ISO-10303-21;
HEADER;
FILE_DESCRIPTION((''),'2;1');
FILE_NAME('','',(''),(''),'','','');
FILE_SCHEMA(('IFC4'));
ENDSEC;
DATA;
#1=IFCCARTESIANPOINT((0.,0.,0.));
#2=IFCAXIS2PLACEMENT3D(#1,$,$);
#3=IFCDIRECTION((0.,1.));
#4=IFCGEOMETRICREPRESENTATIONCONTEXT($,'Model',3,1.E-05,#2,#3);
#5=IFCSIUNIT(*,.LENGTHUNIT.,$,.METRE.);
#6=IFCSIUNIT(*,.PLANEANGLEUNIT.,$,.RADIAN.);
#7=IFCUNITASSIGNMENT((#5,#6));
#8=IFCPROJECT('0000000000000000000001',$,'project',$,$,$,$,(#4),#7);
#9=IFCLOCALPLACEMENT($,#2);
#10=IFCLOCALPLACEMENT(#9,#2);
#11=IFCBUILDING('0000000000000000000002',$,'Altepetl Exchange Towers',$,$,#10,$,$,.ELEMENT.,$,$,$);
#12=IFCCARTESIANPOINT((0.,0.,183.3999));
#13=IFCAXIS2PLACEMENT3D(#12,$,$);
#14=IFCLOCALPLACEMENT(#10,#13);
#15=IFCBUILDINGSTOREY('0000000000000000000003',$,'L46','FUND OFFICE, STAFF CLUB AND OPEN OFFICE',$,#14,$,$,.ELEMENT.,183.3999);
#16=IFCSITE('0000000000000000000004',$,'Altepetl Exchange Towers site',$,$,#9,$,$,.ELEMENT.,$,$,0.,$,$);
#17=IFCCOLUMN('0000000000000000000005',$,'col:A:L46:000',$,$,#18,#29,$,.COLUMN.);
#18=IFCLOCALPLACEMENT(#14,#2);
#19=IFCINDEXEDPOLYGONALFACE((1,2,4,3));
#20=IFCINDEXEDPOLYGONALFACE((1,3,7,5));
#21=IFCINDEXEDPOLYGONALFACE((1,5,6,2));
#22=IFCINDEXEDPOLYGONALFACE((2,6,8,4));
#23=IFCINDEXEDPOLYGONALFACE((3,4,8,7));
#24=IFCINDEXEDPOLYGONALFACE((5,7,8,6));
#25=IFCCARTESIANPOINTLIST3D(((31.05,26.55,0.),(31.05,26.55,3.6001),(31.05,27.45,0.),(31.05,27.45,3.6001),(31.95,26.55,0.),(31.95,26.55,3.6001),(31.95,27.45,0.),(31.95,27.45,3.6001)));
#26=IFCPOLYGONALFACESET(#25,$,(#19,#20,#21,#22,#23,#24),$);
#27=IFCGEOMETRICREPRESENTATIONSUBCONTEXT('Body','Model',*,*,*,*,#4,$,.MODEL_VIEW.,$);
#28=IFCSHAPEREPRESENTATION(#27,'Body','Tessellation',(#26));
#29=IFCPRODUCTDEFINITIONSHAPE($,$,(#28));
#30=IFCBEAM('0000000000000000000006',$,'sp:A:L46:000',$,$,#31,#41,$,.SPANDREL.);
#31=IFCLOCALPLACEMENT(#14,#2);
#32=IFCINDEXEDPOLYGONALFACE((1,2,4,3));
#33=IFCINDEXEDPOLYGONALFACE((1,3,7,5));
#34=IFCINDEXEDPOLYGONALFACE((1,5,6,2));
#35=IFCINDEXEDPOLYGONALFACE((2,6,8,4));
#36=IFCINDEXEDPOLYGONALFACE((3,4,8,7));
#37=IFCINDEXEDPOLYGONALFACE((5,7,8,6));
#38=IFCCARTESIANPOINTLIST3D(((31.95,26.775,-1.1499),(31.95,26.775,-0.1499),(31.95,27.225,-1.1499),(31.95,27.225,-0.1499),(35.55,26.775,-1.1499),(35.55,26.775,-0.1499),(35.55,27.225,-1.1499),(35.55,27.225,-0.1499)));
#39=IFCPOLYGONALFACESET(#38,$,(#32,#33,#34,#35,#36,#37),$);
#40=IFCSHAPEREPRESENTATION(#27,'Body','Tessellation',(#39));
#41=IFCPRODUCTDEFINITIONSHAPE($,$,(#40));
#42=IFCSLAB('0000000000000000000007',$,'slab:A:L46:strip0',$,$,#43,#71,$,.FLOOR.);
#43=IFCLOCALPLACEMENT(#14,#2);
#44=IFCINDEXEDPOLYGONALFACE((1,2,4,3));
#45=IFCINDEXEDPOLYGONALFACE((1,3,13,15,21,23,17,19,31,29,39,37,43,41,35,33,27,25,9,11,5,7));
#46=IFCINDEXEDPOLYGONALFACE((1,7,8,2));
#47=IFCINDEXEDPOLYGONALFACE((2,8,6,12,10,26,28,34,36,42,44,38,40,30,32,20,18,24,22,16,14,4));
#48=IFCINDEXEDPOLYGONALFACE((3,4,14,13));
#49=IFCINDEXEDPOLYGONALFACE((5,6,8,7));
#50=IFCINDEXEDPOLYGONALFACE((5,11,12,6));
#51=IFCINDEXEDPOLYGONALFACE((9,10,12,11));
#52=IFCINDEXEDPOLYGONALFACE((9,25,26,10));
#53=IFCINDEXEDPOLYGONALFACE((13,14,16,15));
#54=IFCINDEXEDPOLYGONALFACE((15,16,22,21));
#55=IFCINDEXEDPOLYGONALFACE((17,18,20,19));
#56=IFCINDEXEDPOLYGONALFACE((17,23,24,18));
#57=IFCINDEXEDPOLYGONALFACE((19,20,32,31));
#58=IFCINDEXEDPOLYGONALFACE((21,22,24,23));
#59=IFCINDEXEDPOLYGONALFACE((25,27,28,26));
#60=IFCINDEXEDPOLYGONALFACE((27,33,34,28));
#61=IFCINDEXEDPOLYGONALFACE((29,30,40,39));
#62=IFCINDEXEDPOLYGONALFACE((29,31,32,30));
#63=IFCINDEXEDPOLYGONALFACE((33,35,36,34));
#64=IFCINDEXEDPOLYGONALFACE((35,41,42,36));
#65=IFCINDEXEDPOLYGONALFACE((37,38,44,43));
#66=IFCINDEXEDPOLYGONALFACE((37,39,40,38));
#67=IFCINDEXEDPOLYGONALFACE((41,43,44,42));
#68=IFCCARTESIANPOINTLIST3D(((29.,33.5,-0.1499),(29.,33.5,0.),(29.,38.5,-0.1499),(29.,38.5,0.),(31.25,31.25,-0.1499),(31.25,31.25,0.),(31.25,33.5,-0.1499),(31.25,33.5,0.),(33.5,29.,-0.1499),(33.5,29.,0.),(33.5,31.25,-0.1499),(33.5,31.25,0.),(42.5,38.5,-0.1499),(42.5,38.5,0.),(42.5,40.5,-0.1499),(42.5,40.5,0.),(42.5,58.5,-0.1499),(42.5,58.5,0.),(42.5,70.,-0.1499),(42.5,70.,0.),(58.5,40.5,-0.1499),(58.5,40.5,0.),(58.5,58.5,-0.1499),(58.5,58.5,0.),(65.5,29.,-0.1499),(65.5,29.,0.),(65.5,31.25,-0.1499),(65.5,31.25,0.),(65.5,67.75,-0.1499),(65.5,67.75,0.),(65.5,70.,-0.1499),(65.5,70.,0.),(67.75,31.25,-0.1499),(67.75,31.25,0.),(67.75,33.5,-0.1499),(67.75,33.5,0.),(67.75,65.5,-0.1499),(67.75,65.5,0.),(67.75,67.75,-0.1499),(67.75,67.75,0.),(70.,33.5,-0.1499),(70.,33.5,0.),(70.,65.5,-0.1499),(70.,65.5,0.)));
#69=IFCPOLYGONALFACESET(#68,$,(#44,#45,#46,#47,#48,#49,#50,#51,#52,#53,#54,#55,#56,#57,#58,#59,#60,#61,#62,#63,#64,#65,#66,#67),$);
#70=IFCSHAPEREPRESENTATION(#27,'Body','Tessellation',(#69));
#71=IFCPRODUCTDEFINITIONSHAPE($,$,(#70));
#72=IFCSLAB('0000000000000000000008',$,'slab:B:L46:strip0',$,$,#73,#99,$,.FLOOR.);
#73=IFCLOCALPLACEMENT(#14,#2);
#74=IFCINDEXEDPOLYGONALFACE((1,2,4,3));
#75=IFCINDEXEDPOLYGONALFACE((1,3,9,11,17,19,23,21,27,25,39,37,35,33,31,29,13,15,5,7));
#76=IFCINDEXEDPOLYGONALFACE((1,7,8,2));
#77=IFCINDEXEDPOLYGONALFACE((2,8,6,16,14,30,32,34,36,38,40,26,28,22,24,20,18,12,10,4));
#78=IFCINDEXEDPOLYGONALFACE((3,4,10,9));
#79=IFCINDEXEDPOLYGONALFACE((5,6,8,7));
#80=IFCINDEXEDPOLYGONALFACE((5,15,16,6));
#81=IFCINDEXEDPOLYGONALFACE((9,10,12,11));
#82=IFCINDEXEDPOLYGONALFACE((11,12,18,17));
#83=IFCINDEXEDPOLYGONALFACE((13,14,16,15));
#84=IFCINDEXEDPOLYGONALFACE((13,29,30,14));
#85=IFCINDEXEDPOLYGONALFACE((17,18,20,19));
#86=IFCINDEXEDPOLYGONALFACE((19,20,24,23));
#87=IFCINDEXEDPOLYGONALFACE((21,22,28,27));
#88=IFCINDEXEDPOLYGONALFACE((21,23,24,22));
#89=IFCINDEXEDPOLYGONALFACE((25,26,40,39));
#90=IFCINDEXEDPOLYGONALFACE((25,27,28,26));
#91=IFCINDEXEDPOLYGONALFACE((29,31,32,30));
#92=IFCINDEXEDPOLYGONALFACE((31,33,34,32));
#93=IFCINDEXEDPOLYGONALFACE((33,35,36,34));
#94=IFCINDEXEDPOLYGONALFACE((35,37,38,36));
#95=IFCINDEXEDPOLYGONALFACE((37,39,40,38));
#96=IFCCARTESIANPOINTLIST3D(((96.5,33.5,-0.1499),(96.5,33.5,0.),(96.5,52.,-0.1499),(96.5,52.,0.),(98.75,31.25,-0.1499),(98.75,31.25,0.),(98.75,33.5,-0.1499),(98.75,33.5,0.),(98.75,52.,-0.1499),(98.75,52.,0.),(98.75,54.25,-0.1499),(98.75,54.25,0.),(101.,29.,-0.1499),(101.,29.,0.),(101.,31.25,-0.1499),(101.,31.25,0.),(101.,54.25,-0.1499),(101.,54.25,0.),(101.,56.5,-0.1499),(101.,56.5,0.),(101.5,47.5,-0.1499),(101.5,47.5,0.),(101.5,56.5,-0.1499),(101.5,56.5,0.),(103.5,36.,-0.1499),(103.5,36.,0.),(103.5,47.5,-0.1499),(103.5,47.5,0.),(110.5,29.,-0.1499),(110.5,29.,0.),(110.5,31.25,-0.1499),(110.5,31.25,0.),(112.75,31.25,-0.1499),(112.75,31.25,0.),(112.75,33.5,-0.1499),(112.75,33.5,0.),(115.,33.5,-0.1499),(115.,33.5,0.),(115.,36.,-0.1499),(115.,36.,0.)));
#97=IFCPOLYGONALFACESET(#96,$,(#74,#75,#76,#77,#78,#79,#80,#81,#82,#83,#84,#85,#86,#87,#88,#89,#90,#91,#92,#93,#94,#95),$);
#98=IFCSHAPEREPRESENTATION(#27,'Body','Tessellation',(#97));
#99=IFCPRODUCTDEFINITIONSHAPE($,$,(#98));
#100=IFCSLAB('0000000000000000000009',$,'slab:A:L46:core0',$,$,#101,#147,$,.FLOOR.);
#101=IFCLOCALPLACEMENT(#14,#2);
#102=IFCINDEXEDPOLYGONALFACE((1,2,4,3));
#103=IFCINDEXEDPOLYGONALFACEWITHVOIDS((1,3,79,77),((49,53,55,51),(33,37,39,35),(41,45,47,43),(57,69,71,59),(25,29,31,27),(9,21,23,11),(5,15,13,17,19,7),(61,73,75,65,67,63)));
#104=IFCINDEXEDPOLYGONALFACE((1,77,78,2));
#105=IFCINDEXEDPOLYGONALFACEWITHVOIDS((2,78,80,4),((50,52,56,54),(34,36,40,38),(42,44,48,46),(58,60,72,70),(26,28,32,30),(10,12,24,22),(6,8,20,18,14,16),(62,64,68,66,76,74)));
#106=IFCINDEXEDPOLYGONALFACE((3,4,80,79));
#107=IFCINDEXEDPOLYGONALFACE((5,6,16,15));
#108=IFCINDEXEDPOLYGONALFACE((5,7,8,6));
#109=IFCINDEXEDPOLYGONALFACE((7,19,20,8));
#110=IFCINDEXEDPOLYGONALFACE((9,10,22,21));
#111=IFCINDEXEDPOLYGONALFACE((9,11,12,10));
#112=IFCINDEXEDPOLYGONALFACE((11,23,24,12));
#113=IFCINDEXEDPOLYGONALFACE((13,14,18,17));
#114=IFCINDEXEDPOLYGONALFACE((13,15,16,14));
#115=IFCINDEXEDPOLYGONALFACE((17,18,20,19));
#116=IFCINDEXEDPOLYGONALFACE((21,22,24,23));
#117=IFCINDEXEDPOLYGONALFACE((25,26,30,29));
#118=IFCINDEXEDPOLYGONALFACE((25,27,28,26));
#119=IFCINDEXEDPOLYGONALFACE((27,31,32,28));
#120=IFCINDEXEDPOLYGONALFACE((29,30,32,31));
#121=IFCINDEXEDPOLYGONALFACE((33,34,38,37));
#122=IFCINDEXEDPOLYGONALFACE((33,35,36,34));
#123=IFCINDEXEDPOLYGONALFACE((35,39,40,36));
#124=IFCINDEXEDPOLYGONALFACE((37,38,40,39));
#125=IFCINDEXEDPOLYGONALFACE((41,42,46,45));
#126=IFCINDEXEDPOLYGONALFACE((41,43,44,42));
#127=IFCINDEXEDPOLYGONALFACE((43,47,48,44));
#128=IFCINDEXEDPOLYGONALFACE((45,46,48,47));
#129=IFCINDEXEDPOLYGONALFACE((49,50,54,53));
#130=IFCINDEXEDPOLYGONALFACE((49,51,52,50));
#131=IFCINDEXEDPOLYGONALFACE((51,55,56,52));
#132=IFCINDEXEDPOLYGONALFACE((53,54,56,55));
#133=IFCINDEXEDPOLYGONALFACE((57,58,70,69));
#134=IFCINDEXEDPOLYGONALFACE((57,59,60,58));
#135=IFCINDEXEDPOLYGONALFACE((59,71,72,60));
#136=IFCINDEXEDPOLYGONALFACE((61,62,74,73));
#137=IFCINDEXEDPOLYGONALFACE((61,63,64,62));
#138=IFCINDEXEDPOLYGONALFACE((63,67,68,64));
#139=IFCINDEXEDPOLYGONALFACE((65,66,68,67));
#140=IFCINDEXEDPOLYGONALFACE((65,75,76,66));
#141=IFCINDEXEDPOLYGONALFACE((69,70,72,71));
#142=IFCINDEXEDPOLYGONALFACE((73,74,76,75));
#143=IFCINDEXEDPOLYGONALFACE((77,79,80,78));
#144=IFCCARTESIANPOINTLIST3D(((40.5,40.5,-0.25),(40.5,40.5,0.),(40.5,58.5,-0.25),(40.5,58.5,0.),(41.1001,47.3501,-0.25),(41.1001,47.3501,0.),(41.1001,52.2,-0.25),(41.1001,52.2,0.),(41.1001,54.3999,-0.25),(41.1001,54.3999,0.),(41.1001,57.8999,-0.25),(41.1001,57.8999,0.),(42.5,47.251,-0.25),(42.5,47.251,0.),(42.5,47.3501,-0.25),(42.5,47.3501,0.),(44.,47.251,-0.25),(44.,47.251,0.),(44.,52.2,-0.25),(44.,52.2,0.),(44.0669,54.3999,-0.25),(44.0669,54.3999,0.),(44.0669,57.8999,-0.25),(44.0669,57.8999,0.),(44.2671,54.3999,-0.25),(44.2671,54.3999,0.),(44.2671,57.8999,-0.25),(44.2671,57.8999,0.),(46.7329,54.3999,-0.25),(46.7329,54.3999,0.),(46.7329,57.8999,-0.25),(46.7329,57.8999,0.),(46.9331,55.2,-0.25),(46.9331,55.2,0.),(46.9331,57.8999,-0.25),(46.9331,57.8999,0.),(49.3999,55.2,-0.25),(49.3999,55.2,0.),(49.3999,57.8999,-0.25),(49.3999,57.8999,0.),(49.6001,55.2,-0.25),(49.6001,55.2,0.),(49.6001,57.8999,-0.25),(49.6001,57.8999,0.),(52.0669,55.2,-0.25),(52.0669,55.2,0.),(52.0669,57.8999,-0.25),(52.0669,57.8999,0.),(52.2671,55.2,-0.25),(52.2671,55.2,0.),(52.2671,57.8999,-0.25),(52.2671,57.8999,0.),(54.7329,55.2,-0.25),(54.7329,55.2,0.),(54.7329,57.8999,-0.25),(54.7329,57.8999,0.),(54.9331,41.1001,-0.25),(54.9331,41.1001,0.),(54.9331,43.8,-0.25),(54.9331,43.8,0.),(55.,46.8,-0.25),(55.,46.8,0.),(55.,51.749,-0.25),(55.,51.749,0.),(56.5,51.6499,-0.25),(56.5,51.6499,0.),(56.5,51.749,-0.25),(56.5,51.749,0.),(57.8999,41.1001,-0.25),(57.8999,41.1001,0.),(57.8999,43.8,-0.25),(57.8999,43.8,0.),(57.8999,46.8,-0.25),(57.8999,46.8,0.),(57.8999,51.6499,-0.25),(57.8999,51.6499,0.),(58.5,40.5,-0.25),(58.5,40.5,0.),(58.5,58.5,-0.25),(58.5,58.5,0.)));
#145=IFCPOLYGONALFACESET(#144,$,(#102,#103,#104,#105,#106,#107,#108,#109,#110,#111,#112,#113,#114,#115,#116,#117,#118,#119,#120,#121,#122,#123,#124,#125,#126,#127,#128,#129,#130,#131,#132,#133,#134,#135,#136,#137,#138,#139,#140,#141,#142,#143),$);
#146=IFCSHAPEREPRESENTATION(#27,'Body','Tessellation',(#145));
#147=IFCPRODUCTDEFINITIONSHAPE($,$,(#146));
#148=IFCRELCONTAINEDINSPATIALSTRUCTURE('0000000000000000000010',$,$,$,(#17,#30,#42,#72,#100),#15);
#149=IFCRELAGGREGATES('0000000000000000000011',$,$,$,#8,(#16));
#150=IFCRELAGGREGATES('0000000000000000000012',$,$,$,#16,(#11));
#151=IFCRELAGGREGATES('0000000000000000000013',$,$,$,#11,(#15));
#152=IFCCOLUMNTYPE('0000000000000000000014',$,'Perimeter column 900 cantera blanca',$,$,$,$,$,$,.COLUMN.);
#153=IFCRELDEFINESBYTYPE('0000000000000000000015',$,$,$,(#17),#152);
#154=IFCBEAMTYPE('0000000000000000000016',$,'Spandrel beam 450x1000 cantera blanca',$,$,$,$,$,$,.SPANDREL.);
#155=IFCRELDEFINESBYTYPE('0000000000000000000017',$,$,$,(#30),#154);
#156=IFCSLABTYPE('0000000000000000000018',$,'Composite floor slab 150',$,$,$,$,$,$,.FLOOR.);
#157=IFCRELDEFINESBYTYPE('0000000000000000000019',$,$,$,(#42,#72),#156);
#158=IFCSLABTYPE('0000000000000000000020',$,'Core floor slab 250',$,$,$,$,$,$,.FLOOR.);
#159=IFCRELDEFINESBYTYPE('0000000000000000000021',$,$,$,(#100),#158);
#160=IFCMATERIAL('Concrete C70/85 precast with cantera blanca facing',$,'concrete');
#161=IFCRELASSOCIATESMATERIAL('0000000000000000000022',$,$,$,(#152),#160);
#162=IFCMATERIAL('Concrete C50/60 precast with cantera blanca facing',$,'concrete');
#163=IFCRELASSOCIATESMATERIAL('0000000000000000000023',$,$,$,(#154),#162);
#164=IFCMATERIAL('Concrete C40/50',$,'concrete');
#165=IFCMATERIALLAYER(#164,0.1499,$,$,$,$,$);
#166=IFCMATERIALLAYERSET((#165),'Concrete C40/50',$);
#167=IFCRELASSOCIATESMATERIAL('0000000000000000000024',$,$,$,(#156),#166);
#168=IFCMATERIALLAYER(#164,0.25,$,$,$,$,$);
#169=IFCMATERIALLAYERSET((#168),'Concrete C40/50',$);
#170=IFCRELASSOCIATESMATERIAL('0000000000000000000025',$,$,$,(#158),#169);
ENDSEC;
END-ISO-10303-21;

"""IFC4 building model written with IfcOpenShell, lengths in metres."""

from ifc_helpers import new_model, si_unit, direction, frame, origin, origin_2d, place, context, subcontext, project, spatial, polyline, rectangle, outline, extrude, material, layer, layer_set, material_profile, profile_set, type_object, element, save


model = new_model("IFC4")

# Units and contexts
model_context = context("Model", 3, precision=1e-05, world=origin(), true_north=direction((0.0, 1.0)))
body_context = subcontext(model_context, "Body", "Model", "MODEL_VIEW")
ifc_project = project(units=[si_unit("LENGTHUNIT", "METRE"), si_unit("PLANEANGLEUNIT", "RADIAN")], contexts=[model_context])

# Site, building, storey
site_placement = place(None, origin())
site = spatial("IfcSite", under=ifc_project, at=site_placement, Name="Altepetl Exchange Towers site", CompositionType="ELEMENT", RefElevation=0.0)
building_placement = place(site_placement, origin())
building = spatial("IfcBuilding", under=site, at=building_placement, Name="Altepetl Exchange Towers", CompositionType="ELEMENT")
storey_placement = place(building_placement, frame((0.0, 0.0, 183.3999)))
storey = spatial("IfcBuildingStorey", under=building, at=storey_placement, Name="L46", Description="FUND OFFICE, STAFF CLUB AND OPEN OFFICE", CompositionType="ELEMENT", Elevation=183.3999)

# Column
ifc_material_1 = material(Name="Concrete C70/85 precast with cantera blanca facing", Category="concrete")
ifc_material_profile_1 = material_profile(ifc_material_1, rectangle(XDim=0.8999, YDim=0.8999, at=origin_2d()), Name="900 x 900")
ifc_profile_set_1 = profile_set([ifc_material_profile_1], Name="Concrete C70/85 precast with cantera blanca facing")
column_type = type_object("IfcColumnType", Name="Perimeter column 900 cantera blanca", PredefinedType="COLUMN", material=ifc_profile_set_1)
column_placement = place(storey_placement, frame((31.5, 27.0, 0.0)))
element("IfcColumn", 1, at=column_placement, inside=storey, type_object=column_type, Name="col:A:L46:000", PredefinedType="COLUMN", context=body_context, shape_type="SweptSolid", body=[
    extrude(rectangle(XDim=0.8999, YDim=0.8999, at=origin_2d()), origin(), (0.0, 0.0, 1.0), 3.6001),
])

# Beam
ifc_material_2 = material(Name="Concrete C50/60 precast with cantera blanca facing", Category="concrete")
ifc_material_profile_2 = material_profile(ifc_material_2, rectangle(XDim=0.45, YDim=1.0, at=origin_2d()), Name="450 x 1000")
ifc_profile_set_2 = profile_set([ifc_material_profile_2], Name="Concrete C50/60 precast with cantera blanca facing")
beam_type = type_object("IfcBeamType", Name="Spandrel beam 450x1000 cantera blanca", PredefinedType="SPANDREL", material=ifc_profile_set_2)
beam_placement = place(storey_placement, frame((31.95, 27.0, -0.6499), z_axis=(1.0, 0.0, 0.0), x_axis=(0.0, 1.0, 0.0)))
element("IfcBeam", 2, at=beam_placement, inside=storey, type_object=beam_type, Name="sp:A:L46:000", PredefinedType="SPANDREL", context=body_context, shape_type="SweptSolid", body=[
    extrude(rectangle(XDim=0.45, YDim=1.0, at=origin_2d()), origin(), (0.0, 0.0, 1.0), 3.6001),
])

# Slabs
ifc_material_3 = material(Name="Concrete C40/50", Category="concrete")
ifc_layer_1 = layer(ifc_material_3, 0.1499)
ifc_layer_set_1 = layer_set([ifc_layer_1], Name="Concrete C40/50")
slab_type_1 = type_object("IfcSlabType", Name="Composite floor slab 150", PredefinedType="FLOOR", material=ifc_layer_set_1)
slab_1_placement = place(storey_placement, frame((0.0, 0.0, -0.1499)))
element("IfcSlab", 3, at=slab_1_placement, inside=storey, type_object=slab_type_1, Name="slab:A:L46:strip0", PredefinedType="FLOOR", context=body_context, shape_type="SweptSolid", body=[
    extrude(outline(polyline([(42.5, 70.0), (42.5, 58.5), (58.5, 58.5), (58.5, 40.5), (42.5, 40.5), (42.5, 38.5), (29.0, 38.5), (29.0, 33.5), (31.25, 33.5), (31.25, 31.25), (33.5, 31.25), (33.5, 29.0), (65.5, 29.0), (65.5, 31.25), (67.75, 31.25), (67.75, 33.5), (70.0, 33.5), (70.0, 65.5), (67.75, 65.5), (67.75, 67.75), (65.5, 67.75), (65.5, 70.0), (42.5, 70.0)])), origin(), (0.0, 0.0, 1.0), 0.1499),
])
slab_2_placement = place(storey_placement, frame((0.0, 0.0, -0.1499)))
element("IfcSlab", 4, at=slab_2_placement, inside=storey, type_object=slab_type_1, Name="slab:B:L46:strip0", PredefinedType="FLOOR", context=body_context, shape_type="SweptSolid", body=[
    extrude(outline(polyline([(98.75, 31.25), (101.0, 31.25), (101.0, 29.0), (110.5, 29.0), (110.5, 31.25), (112.75, 31.25), (112.75, 33.5), (115.0, 33.5), (115.0, 36.0), (103.5, 36.0), (103.5, 47.5), (101.5, 47.5), (101.5, 56.5), (101.0, 56.5), (101.0, 54.25), (98.75, 54.25), (98.75, 52.0), (96.5, 52.0), (96.5, 33.5), (98.75, 33.5), (98.75, 31.25)])), origin(), (0.0, 0.0, 1.0), 0.1499),
])
ifc_layer_2 = layer(ifc_material_3, 0.25)
ifc_layer_set_2 = layer_set([ifc_layer_2], Name="Concrete C40/50")
slab_type_2 = type_object("IfcSlabType", Name="Core floor slab 250", PredefinedType="FLOOR", material=ifc_layer_set_2)
slab_3_placement = place(storey_placement, frame((0.0, 0.0, -0.25)))
element("IfcSlab", 5, at=slab_3_placement, inside=storey, type_object=slab_type_2, Name="slab:A:L46:core0", PredefinedType="FLOOR", context=body_context, shape_type="SweptSolid", body=[
    extrude(outline(polyline([(40.5, 40.5), (58.5, 40.5), (58.5, 58.5), (40.5, 58.5), (40.5, 40.5)]), holes=[polyline([(54.9331, 43.8), (57.8999, 43.8), (57.8999, 41.1001), (54.9331, 41.1001), (54.9331, 43.8)]), polyline([(55.0, 51.749), (56.5, 51.749), (56.5, 51.6499), (57.8999, 51.6499), (57.8999, 46.8), (55.0, 46.8), (55.0, 51.749)]), polyline([(44.0, 47.251), (42.5, 47.251), (42.5, 47.3501), (41.1001, 47.3501), (41.1001, 52.2), (44.0, 52.2), (44.0, 47.251)]), polyline([(41.1001, 57.8999), (44.0669, 57.8999), (44.0669, 54.3999), (41.1001, 54.3999), (41.1001, 57.8999)]), polyline([(44.2671, 57.8999), (46.7329, 57.8999), (46.7329, 54.3999), (44.2671, 54.3999), (44.2671, 57.8999)]), polyline([(46.9331, 57.8999), (49.3999, 57.8999), (49.3999, 55.2), (46.9331, 55.2), (46.9331, 57.8999)]), polyline([(49.6001, 57.8999), (52.0669, 57.8999), (52.0669, 55.2), (49.6001, 55.2), (49.6001, 57.8999)]), polyline([(52.2671, 57.8999), (54.7329, 57.8999), (54.7329, 55.2), (52.2671, 55.2), (52.2671, 57.8999)])]), origin(), (0.0, 0.0, 1.0), 0.25),
])

save(model, "model.ifc")
